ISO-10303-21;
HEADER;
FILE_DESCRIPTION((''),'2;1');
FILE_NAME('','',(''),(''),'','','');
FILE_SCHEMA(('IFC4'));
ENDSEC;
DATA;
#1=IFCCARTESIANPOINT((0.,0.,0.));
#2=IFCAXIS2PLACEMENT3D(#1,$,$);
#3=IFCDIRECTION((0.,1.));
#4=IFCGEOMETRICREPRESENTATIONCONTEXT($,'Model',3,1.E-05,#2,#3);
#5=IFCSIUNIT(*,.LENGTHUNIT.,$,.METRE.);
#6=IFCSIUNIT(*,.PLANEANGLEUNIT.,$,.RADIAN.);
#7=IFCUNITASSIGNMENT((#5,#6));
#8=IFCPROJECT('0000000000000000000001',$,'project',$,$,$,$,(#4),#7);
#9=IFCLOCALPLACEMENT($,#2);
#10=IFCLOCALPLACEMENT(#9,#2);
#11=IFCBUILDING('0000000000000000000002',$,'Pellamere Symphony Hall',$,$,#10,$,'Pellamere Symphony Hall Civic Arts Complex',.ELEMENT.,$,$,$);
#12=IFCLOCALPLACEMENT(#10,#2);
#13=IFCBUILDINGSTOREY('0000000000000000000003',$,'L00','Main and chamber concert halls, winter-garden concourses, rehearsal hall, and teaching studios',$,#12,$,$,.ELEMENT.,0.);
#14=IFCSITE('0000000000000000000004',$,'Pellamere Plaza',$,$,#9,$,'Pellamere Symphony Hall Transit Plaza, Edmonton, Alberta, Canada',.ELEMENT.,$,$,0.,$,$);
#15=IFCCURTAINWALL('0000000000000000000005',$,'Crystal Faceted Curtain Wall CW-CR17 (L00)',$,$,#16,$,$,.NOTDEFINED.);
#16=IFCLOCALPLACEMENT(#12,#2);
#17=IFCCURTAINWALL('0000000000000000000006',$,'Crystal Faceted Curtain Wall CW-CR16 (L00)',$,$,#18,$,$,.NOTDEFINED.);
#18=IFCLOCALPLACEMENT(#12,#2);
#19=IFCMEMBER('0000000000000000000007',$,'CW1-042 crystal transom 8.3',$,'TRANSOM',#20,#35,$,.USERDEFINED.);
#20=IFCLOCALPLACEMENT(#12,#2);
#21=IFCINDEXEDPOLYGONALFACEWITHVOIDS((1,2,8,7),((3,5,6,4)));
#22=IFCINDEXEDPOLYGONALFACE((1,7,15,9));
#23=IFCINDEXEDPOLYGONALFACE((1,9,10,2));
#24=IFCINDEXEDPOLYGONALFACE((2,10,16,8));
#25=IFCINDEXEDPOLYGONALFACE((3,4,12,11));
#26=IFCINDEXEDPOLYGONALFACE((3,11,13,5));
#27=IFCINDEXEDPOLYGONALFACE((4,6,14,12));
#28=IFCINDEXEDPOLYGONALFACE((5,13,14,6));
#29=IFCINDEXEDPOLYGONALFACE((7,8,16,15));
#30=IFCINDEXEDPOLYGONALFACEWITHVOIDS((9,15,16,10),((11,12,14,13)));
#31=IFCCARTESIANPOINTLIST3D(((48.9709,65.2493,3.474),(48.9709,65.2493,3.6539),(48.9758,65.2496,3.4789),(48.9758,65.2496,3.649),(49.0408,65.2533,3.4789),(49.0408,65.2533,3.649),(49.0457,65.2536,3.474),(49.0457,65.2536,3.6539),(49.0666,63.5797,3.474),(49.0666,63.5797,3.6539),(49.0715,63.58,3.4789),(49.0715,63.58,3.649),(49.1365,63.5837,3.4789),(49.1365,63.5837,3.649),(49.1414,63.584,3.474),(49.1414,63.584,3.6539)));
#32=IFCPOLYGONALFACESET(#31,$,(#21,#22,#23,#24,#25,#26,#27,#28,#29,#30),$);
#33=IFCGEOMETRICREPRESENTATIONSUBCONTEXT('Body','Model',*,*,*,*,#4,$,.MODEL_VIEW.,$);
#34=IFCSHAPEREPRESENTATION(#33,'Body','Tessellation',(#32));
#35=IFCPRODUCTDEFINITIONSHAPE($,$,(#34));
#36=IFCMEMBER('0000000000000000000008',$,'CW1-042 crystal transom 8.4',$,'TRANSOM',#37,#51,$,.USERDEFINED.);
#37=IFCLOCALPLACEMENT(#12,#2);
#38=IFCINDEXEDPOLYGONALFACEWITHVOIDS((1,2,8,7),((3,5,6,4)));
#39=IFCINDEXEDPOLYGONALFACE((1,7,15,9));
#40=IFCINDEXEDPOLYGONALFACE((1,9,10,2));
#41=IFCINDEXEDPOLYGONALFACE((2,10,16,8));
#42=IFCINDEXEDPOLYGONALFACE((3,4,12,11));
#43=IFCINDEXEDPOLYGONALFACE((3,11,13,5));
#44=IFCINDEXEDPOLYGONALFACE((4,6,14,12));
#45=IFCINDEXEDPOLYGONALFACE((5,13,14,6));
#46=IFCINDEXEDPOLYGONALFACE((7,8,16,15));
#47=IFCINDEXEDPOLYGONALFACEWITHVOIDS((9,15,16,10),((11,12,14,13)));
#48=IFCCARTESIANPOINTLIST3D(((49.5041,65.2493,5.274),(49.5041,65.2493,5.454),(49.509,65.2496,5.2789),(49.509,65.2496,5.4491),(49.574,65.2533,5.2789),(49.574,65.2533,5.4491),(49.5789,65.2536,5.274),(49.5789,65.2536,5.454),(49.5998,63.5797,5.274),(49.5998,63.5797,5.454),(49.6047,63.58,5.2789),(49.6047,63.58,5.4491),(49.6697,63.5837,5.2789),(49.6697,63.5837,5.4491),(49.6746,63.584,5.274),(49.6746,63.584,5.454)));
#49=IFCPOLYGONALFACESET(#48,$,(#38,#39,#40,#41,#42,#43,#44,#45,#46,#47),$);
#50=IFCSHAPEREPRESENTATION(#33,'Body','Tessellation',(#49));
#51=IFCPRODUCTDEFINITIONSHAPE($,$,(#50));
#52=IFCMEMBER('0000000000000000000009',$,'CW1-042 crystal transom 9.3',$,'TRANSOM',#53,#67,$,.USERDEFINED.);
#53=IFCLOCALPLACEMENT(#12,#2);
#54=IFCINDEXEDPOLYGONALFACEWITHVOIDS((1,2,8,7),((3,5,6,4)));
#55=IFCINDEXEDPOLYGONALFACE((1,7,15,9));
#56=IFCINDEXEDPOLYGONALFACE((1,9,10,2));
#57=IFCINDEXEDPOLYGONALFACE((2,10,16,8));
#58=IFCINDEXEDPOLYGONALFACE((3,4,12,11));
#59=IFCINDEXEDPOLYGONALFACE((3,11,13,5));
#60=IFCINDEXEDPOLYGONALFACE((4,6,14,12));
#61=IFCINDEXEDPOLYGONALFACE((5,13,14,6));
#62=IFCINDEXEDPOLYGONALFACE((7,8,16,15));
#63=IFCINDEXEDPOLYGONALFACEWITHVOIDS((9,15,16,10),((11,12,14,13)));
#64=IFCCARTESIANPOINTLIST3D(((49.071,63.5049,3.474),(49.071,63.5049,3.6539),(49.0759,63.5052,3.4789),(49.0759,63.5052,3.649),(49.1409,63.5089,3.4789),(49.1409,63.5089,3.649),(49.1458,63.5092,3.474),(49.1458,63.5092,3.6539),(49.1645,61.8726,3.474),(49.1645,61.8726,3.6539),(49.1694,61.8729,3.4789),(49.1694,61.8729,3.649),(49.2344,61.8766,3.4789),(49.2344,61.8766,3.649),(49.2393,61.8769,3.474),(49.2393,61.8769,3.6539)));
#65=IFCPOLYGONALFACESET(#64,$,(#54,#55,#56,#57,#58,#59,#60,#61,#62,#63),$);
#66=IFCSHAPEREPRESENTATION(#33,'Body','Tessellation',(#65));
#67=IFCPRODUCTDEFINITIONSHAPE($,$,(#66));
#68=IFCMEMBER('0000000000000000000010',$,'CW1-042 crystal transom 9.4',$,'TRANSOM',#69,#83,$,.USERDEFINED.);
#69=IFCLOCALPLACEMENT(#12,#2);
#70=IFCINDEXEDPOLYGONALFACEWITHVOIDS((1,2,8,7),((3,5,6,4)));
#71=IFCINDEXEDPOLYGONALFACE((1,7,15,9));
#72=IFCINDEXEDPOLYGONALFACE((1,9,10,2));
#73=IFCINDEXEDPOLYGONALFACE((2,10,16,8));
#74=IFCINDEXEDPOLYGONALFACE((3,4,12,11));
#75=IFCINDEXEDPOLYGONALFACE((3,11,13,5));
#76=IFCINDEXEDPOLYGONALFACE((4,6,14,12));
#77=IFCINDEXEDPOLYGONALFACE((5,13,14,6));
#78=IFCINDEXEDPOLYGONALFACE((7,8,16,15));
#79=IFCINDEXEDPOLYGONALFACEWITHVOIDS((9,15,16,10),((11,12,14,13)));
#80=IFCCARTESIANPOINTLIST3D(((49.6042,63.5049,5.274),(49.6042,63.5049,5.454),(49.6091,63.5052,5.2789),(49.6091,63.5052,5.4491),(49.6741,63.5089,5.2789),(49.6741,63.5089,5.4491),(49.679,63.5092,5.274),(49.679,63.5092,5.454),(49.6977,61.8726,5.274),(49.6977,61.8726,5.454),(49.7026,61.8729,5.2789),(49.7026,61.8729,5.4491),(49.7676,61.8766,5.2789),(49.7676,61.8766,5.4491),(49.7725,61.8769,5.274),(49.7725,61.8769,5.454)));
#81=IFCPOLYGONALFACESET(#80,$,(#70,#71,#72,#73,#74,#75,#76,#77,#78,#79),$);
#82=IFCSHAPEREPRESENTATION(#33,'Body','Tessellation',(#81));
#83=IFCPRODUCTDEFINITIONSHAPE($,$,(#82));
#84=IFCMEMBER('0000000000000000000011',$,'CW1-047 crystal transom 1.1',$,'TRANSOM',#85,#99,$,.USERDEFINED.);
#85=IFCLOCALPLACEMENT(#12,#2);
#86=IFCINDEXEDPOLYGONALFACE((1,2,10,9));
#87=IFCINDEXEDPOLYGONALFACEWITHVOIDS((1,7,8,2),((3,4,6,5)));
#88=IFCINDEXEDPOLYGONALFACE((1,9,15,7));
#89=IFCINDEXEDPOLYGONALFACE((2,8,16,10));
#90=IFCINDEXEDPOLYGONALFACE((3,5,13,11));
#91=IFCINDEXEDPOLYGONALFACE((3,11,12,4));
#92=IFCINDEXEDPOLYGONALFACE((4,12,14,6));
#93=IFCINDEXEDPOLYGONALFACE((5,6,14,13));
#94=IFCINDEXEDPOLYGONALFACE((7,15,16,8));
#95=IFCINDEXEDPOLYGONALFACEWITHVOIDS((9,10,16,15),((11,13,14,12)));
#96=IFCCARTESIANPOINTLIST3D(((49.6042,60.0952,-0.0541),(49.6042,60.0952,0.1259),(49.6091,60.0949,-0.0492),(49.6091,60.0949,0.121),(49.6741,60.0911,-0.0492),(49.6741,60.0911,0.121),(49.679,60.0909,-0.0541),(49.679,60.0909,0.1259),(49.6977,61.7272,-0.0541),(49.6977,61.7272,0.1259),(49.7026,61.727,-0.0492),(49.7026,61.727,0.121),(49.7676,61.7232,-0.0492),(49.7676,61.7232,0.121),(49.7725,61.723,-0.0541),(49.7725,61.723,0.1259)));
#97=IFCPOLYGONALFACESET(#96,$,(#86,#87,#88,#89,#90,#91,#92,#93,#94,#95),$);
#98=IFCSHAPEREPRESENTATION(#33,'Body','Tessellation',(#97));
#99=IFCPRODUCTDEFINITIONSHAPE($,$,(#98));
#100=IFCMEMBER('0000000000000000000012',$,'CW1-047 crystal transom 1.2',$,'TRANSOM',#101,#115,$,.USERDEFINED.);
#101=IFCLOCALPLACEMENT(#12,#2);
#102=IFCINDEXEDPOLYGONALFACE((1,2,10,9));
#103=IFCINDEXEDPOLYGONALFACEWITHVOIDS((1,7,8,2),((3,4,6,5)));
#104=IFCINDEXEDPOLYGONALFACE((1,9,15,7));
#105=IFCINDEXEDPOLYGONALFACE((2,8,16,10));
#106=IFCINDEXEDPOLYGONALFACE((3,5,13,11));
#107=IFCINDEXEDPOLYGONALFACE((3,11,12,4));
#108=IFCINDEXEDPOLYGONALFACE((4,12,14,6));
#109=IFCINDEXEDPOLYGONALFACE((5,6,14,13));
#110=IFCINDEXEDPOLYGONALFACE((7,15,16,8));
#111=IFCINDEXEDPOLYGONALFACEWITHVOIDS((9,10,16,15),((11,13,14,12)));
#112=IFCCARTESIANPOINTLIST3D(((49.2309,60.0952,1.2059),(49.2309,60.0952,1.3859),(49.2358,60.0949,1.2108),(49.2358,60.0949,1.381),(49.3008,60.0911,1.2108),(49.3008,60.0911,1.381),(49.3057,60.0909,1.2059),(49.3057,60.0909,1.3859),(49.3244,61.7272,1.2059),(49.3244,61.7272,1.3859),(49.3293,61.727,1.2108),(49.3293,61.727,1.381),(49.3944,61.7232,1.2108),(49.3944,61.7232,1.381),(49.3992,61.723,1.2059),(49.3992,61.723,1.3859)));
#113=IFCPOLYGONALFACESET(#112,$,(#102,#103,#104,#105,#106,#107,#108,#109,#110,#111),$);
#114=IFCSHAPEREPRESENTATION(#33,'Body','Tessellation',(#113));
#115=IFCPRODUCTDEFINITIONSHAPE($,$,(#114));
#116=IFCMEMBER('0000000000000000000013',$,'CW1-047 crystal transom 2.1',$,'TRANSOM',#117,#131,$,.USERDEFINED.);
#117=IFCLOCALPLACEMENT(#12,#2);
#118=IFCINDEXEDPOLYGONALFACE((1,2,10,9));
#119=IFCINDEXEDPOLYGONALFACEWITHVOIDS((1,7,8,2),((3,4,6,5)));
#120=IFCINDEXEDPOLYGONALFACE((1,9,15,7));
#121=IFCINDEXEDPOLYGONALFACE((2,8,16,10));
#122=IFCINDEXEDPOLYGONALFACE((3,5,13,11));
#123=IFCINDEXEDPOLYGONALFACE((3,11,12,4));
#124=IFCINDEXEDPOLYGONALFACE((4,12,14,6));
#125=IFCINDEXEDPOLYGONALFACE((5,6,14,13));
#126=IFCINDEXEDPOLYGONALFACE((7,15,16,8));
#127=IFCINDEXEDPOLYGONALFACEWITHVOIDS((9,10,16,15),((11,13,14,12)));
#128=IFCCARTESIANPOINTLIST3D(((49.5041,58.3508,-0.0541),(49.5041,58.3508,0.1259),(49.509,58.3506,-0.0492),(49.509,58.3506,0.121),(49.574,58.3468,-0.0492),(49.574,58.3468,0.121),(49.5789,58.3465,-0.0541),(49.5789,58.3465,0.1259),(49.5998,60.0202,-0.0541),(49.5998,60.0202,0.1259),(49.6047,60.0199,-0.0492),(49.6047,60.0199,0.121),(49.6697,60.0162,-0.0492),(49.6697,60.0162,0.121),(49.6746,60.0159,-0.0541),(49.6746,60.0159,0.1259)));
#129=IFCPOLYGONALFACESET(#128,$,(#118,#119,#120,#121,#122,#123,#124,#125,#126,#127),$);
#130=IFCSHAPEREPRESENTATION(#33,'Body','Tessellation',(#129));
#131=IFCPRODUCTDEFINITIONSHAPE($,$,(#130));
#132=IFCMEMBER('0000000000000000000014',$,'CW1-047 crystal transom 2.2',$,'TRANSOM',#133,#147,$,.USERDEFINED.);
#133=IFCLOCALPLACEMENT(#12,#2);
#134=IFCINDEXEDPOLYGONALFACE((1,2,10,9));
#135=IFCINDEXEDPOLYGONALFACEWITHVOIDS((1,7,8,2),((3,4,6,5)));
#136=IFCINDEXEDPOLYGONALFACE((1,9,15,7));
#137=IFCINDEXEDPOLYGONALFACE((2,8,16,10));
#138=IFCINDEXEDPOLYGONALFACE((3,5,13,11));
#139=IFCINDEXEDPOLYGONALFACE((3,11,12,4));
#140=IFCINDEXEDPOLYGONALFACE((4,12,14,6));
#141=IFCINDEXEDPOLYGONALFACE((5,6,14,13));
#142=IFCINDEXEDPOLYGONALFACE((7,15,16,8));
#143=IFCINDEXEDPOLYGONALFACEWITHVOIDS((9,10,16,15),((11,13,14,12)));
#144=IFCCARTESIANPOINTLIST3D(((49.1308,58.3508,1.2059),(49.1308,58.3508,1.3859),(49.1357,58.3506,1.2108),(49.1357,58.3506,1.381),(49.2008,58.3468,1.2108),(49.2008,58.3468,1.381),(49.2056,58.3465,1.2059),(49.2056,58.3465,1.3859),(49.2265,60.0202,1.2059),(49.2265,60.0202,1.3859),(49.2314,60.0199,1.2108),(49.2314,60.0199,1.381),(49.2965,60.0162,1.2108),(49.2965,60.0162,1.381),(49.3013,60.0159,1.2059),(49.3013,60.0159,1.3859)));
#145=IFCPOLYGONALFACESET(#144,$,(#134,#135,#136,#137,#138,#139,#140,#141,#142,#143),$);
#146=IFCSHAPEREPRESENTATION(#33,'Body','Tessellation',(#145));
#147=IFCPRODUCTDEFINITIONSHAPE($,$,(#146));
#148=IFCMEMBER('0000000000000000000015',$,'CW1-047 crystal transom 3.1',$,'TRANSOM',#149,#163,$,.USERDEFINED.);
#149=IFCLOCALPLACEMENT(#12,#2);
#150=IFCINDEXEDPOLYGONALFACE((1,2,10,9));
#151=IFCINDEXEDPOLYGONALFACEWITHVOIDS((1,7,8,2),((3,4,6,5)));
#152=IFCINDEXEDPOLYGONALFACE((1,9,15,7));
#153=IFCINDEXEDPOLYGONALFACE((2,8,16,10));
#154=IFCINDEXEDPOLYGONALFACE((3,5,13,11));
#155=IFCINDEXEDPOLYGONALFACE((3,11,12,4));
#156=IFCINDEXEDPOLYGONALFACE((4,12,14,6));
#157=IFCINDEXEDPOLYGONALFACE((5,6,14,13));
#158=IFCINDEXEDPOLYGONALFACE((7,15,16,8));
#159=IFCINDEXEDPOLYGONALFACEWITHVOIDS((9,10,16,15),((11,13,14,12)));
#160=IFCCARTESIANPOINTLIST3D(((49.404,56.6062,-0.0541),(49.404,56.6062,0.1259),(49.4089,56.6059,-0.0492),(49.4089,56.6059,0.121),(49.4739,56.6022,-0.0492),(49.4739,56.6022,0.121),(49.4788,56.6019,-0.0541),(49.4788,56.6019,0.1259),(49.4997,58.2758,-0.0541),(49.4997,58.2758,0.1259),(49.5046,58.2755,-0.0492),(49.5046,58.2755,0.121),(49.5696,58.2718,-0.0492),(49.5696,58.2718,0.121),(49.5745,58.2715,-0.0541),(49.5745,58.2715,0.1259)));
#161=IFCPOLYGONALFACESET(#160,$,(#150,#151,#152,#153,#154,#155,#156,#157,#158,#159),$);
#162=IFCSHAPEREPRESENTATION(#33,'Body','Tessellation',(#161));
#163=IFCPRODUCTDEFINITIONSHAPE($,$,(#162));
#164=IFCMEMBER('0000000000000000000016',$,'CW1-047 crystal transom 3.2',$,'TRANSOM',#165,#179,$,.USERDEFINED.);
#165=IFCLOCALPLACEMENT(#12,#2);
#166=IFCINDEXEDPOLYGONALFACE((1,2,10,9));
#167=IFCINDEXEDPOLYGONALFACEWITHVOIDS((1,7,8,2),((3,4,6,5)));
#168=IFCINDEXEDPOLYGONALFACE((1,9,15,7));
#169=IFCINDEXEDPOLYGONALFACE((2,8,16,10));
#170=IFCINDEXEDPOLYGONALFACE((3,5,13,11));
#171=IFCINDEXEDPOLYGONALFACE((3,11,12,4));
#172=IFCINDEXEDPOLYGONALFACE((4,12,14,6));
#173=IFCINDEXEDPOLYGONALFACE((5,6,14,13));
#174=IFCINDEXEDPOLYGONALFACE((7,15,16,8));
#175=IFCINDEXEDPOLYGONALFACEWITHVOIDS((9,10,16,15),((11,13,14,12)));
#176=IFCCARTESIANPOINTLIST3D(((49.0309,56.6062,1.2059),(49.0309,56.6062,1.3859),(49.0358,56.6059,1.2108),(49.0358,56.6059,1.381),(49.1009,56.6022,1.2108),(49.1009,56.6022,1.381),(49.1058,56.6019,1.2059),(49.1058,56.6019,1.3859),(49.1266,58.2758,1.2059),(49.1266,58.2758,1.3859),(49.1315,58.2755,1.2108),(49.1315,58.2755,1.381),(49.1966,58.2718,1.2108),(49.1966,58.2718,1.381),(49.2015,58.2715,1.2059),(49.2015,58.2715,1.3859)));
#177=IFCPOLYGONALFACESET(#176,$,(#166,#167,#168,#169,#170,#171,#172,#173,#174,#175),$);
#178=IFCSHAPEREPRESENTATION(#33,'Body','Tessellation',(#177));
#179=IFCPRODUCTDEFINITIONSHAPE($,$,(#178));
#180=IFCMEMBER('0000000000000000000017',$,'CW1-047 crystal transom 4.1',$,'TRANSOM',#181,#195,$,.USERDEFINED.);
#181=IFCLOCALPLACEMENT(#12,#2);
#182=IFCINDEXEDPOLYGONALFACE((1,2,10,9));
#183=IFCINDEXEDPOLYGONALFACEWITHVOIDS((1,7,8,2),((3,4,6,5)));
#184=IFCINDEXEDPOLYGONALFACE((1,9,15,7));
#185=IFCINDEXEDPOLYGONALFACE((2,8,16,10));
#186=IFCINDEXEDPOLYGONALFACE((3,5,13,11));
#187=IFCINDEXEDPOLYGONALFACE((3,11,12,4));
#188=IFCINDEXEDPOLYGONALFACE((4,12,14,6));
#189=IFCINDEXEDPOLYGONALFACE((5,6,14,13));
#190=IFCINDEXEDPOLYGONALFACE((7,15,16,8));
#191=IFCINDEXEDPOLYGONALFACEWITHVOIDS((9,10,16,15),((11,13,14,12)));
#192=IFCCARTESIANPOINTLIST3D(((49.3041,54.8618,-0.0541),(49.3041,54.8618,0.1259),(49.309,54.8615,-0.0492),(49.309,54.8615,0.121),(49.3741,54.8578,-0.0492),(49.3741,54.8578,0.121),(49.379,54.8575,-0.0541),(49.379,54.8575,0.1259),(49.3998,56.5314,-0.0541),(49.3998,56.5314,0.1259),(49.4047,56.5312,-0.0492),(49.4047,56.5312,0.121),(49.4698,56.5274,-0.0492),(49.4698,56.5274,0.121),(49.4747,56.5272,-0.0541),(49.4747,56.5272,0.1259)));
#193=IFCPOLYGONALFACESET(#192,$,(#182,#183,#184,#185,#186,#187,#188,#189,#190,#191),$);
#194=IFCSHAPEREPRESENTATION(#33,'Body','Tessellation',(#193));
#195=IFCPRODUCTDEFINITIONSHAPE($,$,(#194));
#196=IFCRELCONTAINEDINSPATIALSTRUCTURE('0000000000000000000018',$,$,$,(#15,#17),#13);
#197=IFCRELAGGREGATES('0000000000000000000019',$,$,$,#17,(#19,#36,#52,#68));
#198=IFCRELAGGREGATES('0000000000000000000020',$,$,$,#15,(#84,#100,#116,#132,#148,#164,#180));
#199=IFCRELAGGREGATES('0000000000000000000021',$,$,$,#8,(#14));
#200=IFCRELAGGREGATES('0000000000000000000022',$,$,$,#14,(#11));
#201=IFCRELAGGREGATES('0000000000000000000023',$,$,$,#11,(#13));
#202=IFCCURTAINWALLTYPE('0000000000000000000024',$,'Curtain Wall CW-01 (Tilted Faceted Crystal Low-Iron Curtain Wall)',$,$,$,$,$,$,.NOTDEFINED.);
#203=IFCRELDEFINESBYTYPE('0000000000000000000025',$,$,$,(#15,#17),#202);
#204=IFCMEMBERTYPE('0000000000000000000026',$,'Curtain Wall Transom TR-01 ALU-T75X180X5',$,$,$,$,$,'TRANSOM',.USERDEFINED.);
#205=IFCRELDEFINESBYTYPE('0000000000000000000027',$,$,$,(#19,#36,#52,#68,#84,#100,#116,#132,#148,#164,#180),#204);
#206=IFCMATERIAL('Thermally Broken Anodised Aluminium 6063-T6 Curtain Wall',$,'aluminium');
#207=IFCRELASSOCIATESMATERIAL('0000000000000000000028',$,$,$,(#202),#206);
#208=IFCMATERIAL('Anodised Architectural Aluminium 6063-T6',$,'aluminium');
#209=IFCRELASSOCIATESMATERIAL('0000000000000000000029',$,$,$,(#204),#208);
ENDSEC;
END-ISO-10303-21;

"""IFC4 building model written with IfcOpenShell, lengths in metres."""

from ifc_helpers import new_model, si_unit, direction, frame, origin, origin_2d, place, context, subcontext, project, spatial, hollow_rectangle, extrude, material, material_profile, profile_set, type_object, element, aggregate, save


model = new_model("IFC4")

# Units and contexts
model_context = context("Model", 3, precision=1e-05, world=origin(), true_north=direction((0.0, 1.0)))
body_context = subcontext(model_context, "Body", "Model", "MODEL_VIEW")
ifc_project = project(units=[si_unit("LENGTHUNIT", "METRE"), si_unit("PLANEANGLEUNIT", "RADIAN")], contexts=[model_context])

# Site, building, storey
site_placement = place(None, origin())
site = spatial("IfcSite", under=ifc_project, at=site_placement, Name="Pellamere Plaza", LongName="Pellamere Symphony Hall Transit Plaza, Edmonton, Alberta, Canada", CompositionType="ELEMENT", RefElevation=0.0)
building_placement = place(site_placement, origin())
building = spatial("IfcBuilding", under=site, at=building_placement, Name="Pellamere Symphony Hall", LongName="Pellamere Symphony Hall Civic Arts Complex", CompositionType="ELEMENT")
storey_placement = place(building_placement, origin())
storey = spatial("IfcBuildingStorey", under=building, at=storey_placement, Name="L00", Description="Main and chamber concert halls, winter-garden concourses, rehearsal hall, and teaching studios", CompositionType="ELEMENT", Elevation=0.0)

# Curtain walls, members
ifc_material_1 = material(Name="Thermally Broken Anodised Aluminium 6063-T6 Curtain Wall", Category="aluminium")
curtain_wall_type = type_object("IfcCurtainWallType", Name="Curtain Wall CW-01 (Tilted Faceted Crystal Low-Iron Curtain Wall)", PredefinedType="NOTDEFINED", material=ifc_material_1)
curtain_wall_1_placement = place(storey_placement, origin())
curtain_wall_1 = element("IfcCurtainWall", 1, at=curtain_wall_1_placement, inside=storey, type_object=curtain_wall_type, Name="Crystal Faceted Curtain Wall CW-CR17 (L00)", PredefinedType="NOTDEFINED")
ifc_material_2 = material(Name="Anodised Architectural Aluminium 6063-T6", Category="aluminium")
curtain_wall_2_placement = place(storey_placement, origin())
curtain_wall_2 = element("IfcCurtainWall", 2, at=curtain_wall_2_placement, inside=storey, type_object=curtain_wall_type, Name="Crystal Faceted Curtain Wall CW-CR16 (L00)", PredefinedType="NOTDEFINED")
ifc_material_profile_1 = material_profile(ifc_material_2, hollow_rectangle(XDim=0.075, YDim=0.1799, WallThickness=0.0049, at=origin_2d()), Name="ALU-T75X180X5")
ifc_profile_set_1 = profile_set([ifc_material_profile_1], Name="Anodised Architectural Aluminium 6063-T6")
member_type_1 = type_object("IfcMemberType", Name="Curtain Wall Transom TR-01 ALU-T75X180X5", ElementType="TRANSOM", PredefinedType="USERDEFINED", material=ifc_profile_set_1)
member_1_placement = place(storey_placement, frame((49.0083, 65.2515, 3.564), z_axis=(0.057224, -0.998361, 0.0), x_axis=(0.998361, 0.057224, 0.0)))
member_1 = element("IfcMember", 3, at=member_1_placement, type_object=member_type_1, Name="CW1-042 crystal transom 8.3", ObjectType="TRANSOM", PredefinedType="USERDEFINED", context=body_context, shape_type="SweptSolid", body=[
    extrude(hollow_rectangle(XDim=0.075, YDim=0.1799, WallThickness=0.0049, at=origin_2d()), origin(), (0.0, 0.0, 1.0), 1.6724),
])
member_2_placement = place(storey_placement, frame((49.5415, 65.2515, 5.364), z_axis=(0.057224, -0.998361, 0.0), x_axis=(0.998361, 0.057224, 0.0)))
member_2 = element("IfcMember", 4, at=member_2_placement, type_object=member_type_1, Name="CW1-042 crystal transom 8.4", ObjectType="TRANSOM", PredefinedType="USERDEFINED", context=body_context, shape_type="SweptSolid", body=[
    extrude(hollow_rectangle(XDim=0.075, YDim=0.1799, WallThickness=0.0049, at=origin_2d()), origin(), (0.0, 0.0, 1.0), 1.6724),
])
member_3_placement = place(storey_placement, frame((49.1084, 63.5071, 3.564), z_axis=(0.05719, -0.998363, 0.0), x_axis=(0.998363, 0.05719, 0.0)))
member_3 = element("IfcMember", 5, at=member_3_placement, type_object=member_type_1, Name="CW1-042 crystal transom 9.3", ObjectType="TRANSOM", PredefinedType="USERDEFINED", context=body_context, shape_type="SweptSolid", body=[
    extrude(hollow_rectangle(XDim=0.075, YDim=0.1799, WallThickness=0.0049, at=origin_2d()), origin(), (0.0, 0.0, 1.0), 1.635),
])
member_4_placement = place(storey_placement, frame((49.6416, 63.5071, 5.364), z_axis=(0.05719, -0.998363, 0.0), x_axis=(0.998363, 0.05719, 0.0)))
member_4 = element("IfcMember", 6, at=member_4_placement, type_object=member_type_1, Name="CW1-042 crystal transom 9.4", ObjectType="TRANSOM", PredefinedType="USERDEFINED", context=body_context, shape_type="SweptSolid", body=[
    extrude(hollow_rectangle(XDim=0.075, YDim=0.1799, WallThickness=0.0049, at=origin_2d()), origin(), (0.0, 0.0, 1.0), 1.635),
])

# Members
member_5_placement = place(storey_placement, frame((49.7351, 61.7251, 0.0359), z_axis=(-0.057199, -0.998363, 0.0), x_axis=(0.998363, -0.057199, 0.0)))
member_5 = element("IfcMember", 7, at=member_5_placement, type_object=member_type_1, Name="CW1-047 crystal transom 1.1", ObjectType="TRANSOM", PredefinedType="USERDEFINED", context=body_context, shape_type="SweptSolid", body=[
    extrude(hollow_rectangle(XDim=0.075, YDim=0.1799, WallThickness=0.0049, at=origin_2d()), origin(), (0.0, 0.0, 1.0), 1.6348),
])
member_6_placement = place(storey_placement, frame((49.3618, 61.7251, 1.2959), z_axis=(-0.057199, -0.998363, 0.0), x_axis=(0.998363, -0.057199, 0.0)))
member_6 = element("IfcMember", 8, at=member_6_placement, type_object=member_type_1, Name="CW1-047 crystal transom 1.2", ObjectType="TRANSOM", PredefinedType="USERDEFINED", context=body_context, shape_type="SweptSolid", body=[
    extrude(hollow_rectangle(XDim=0.075, YDim=0.1799, WallThickness=0.0049, at=origin_2d()), origin(), (0.0, 0.0, 1.0), 1.6348),
])
member_7_placement = place(storey_placement, frame((49.6372, 60.0181, 0.0359), z_axis=(-0.057233, -0.998361, 0.0), x_axis=(0.998361, -0.057233, 0.0)))
member_7 = element("IfcMember", 9, at=member_7_placement, type_object=member_type_1, Name="CW1-047 crystal transom 2.1", ObjectType="TRANSOM", PredefinedType="USERDEFINED", context=body_context, shape_type="SweptSolid", body=[
    extrude(hollow_rectangle(XDim=0.075, YDim=0.1799, WallThickness=0.0049, at=origin_2d()), origin(), (0.0, 0.0, 1.0), 1.6721),
])
member_8_placement = place(storey_placement, frame((49.2639, 60.0181, 1.2959), z_axis=(-0.057233, -0.998361, 0.0), x_axis=(0.998361, -0.057233, 0.0)))
member_8 = element("IfcMember", 10, at=member_8_placement, type_object=member_type_1, Name="CW1-047 crystal transom 2.2", ObjectType="TRANSOM", PredefinedType="USERDEFINED", context=body_context, shape_type="SweptSolid", body=[
    extrude(hollow_rectangle(XDim=0.075, YDim=0.1799, WallThickness=0.0049, at=origin_2d()), origin(), (0.0, 0.0, 1.0), 1.6721),
])
member_9_placement = place(storey_placement, frame((49.5371, 58.2737, 0.0359), z_axis=(-0.057224, -0.998361, 0.0), x_axis=(0.998361, -0.057224, 0.0)))
member_9 = element("IfcMember", 11, at=member_9_placement, type_object=member_type_1, Name="CW1-047 crystal transom 3.1", ObjectType="TRANSOM", PredefinedType="USERDEFINED", context=body_context, shape_type="SweptSolid", body=[
    extrude(hollow_rectangle(XDim=0.075, YDim=0.1799, WallThickness=0.0049, at=origin_2d()), origin(), (0.0, 0.0, 1.0), 1.6724),
])
member_10_placement = place(storey_placement, frame((49.1641, 58.2737, 1.2959), z_axis=(-0.057224, -0.998361, 0.0), x_axis=(0.998361, -0.057224, 0.0)))
member_10 = element("IfcMember", 12, at=member_10_placement, type_object=member_type_1, Name="CW1-047 crystal transom 3.2", ObjectType="TRANSOM", PredefinedType="USERDEFINED", context=body_context, shape_type="SweptSolid", body=[
    extrude(hollow_rectangle(XDim=0.075, YDim=0.1799, WallThickness=0.0049, at=origin_2d()), origin(), (0.0, 0.0, 1.0), 1.6724),
])
member_11_placement = place(storey_placement, frame((49.4373, 56.5293, 0.0359), z_axis=(-0.057224, -0.998361, 0.0), x_axis=(0.998361, -0.057224, 0.0)))
member_11 = element("IfcMember", 13, at=member_11_placement, type_object=member_type_1, Name="CW1-047 crystal transom 4.1", ObjectType="TRANSOM", PredefinedType="USERDEFINED", context=body_context, shape_type="SweptSolid", body=[
    extrude(hollow_rectangle(XDim=0.075, YDim=0.1799, WallThickness=0.0049, at=origin_2d()), origin(), (0.0, 0.0, 1.0), 1.6724),
])

aggregate(curtain_wall_2, [member_1, member_2, member_3, member_4])
aggregate(curtain_wall_1, [member_5, member_6, member_7, member_8, member_9, member_10, member_11])

save(model, "model.ifc")
